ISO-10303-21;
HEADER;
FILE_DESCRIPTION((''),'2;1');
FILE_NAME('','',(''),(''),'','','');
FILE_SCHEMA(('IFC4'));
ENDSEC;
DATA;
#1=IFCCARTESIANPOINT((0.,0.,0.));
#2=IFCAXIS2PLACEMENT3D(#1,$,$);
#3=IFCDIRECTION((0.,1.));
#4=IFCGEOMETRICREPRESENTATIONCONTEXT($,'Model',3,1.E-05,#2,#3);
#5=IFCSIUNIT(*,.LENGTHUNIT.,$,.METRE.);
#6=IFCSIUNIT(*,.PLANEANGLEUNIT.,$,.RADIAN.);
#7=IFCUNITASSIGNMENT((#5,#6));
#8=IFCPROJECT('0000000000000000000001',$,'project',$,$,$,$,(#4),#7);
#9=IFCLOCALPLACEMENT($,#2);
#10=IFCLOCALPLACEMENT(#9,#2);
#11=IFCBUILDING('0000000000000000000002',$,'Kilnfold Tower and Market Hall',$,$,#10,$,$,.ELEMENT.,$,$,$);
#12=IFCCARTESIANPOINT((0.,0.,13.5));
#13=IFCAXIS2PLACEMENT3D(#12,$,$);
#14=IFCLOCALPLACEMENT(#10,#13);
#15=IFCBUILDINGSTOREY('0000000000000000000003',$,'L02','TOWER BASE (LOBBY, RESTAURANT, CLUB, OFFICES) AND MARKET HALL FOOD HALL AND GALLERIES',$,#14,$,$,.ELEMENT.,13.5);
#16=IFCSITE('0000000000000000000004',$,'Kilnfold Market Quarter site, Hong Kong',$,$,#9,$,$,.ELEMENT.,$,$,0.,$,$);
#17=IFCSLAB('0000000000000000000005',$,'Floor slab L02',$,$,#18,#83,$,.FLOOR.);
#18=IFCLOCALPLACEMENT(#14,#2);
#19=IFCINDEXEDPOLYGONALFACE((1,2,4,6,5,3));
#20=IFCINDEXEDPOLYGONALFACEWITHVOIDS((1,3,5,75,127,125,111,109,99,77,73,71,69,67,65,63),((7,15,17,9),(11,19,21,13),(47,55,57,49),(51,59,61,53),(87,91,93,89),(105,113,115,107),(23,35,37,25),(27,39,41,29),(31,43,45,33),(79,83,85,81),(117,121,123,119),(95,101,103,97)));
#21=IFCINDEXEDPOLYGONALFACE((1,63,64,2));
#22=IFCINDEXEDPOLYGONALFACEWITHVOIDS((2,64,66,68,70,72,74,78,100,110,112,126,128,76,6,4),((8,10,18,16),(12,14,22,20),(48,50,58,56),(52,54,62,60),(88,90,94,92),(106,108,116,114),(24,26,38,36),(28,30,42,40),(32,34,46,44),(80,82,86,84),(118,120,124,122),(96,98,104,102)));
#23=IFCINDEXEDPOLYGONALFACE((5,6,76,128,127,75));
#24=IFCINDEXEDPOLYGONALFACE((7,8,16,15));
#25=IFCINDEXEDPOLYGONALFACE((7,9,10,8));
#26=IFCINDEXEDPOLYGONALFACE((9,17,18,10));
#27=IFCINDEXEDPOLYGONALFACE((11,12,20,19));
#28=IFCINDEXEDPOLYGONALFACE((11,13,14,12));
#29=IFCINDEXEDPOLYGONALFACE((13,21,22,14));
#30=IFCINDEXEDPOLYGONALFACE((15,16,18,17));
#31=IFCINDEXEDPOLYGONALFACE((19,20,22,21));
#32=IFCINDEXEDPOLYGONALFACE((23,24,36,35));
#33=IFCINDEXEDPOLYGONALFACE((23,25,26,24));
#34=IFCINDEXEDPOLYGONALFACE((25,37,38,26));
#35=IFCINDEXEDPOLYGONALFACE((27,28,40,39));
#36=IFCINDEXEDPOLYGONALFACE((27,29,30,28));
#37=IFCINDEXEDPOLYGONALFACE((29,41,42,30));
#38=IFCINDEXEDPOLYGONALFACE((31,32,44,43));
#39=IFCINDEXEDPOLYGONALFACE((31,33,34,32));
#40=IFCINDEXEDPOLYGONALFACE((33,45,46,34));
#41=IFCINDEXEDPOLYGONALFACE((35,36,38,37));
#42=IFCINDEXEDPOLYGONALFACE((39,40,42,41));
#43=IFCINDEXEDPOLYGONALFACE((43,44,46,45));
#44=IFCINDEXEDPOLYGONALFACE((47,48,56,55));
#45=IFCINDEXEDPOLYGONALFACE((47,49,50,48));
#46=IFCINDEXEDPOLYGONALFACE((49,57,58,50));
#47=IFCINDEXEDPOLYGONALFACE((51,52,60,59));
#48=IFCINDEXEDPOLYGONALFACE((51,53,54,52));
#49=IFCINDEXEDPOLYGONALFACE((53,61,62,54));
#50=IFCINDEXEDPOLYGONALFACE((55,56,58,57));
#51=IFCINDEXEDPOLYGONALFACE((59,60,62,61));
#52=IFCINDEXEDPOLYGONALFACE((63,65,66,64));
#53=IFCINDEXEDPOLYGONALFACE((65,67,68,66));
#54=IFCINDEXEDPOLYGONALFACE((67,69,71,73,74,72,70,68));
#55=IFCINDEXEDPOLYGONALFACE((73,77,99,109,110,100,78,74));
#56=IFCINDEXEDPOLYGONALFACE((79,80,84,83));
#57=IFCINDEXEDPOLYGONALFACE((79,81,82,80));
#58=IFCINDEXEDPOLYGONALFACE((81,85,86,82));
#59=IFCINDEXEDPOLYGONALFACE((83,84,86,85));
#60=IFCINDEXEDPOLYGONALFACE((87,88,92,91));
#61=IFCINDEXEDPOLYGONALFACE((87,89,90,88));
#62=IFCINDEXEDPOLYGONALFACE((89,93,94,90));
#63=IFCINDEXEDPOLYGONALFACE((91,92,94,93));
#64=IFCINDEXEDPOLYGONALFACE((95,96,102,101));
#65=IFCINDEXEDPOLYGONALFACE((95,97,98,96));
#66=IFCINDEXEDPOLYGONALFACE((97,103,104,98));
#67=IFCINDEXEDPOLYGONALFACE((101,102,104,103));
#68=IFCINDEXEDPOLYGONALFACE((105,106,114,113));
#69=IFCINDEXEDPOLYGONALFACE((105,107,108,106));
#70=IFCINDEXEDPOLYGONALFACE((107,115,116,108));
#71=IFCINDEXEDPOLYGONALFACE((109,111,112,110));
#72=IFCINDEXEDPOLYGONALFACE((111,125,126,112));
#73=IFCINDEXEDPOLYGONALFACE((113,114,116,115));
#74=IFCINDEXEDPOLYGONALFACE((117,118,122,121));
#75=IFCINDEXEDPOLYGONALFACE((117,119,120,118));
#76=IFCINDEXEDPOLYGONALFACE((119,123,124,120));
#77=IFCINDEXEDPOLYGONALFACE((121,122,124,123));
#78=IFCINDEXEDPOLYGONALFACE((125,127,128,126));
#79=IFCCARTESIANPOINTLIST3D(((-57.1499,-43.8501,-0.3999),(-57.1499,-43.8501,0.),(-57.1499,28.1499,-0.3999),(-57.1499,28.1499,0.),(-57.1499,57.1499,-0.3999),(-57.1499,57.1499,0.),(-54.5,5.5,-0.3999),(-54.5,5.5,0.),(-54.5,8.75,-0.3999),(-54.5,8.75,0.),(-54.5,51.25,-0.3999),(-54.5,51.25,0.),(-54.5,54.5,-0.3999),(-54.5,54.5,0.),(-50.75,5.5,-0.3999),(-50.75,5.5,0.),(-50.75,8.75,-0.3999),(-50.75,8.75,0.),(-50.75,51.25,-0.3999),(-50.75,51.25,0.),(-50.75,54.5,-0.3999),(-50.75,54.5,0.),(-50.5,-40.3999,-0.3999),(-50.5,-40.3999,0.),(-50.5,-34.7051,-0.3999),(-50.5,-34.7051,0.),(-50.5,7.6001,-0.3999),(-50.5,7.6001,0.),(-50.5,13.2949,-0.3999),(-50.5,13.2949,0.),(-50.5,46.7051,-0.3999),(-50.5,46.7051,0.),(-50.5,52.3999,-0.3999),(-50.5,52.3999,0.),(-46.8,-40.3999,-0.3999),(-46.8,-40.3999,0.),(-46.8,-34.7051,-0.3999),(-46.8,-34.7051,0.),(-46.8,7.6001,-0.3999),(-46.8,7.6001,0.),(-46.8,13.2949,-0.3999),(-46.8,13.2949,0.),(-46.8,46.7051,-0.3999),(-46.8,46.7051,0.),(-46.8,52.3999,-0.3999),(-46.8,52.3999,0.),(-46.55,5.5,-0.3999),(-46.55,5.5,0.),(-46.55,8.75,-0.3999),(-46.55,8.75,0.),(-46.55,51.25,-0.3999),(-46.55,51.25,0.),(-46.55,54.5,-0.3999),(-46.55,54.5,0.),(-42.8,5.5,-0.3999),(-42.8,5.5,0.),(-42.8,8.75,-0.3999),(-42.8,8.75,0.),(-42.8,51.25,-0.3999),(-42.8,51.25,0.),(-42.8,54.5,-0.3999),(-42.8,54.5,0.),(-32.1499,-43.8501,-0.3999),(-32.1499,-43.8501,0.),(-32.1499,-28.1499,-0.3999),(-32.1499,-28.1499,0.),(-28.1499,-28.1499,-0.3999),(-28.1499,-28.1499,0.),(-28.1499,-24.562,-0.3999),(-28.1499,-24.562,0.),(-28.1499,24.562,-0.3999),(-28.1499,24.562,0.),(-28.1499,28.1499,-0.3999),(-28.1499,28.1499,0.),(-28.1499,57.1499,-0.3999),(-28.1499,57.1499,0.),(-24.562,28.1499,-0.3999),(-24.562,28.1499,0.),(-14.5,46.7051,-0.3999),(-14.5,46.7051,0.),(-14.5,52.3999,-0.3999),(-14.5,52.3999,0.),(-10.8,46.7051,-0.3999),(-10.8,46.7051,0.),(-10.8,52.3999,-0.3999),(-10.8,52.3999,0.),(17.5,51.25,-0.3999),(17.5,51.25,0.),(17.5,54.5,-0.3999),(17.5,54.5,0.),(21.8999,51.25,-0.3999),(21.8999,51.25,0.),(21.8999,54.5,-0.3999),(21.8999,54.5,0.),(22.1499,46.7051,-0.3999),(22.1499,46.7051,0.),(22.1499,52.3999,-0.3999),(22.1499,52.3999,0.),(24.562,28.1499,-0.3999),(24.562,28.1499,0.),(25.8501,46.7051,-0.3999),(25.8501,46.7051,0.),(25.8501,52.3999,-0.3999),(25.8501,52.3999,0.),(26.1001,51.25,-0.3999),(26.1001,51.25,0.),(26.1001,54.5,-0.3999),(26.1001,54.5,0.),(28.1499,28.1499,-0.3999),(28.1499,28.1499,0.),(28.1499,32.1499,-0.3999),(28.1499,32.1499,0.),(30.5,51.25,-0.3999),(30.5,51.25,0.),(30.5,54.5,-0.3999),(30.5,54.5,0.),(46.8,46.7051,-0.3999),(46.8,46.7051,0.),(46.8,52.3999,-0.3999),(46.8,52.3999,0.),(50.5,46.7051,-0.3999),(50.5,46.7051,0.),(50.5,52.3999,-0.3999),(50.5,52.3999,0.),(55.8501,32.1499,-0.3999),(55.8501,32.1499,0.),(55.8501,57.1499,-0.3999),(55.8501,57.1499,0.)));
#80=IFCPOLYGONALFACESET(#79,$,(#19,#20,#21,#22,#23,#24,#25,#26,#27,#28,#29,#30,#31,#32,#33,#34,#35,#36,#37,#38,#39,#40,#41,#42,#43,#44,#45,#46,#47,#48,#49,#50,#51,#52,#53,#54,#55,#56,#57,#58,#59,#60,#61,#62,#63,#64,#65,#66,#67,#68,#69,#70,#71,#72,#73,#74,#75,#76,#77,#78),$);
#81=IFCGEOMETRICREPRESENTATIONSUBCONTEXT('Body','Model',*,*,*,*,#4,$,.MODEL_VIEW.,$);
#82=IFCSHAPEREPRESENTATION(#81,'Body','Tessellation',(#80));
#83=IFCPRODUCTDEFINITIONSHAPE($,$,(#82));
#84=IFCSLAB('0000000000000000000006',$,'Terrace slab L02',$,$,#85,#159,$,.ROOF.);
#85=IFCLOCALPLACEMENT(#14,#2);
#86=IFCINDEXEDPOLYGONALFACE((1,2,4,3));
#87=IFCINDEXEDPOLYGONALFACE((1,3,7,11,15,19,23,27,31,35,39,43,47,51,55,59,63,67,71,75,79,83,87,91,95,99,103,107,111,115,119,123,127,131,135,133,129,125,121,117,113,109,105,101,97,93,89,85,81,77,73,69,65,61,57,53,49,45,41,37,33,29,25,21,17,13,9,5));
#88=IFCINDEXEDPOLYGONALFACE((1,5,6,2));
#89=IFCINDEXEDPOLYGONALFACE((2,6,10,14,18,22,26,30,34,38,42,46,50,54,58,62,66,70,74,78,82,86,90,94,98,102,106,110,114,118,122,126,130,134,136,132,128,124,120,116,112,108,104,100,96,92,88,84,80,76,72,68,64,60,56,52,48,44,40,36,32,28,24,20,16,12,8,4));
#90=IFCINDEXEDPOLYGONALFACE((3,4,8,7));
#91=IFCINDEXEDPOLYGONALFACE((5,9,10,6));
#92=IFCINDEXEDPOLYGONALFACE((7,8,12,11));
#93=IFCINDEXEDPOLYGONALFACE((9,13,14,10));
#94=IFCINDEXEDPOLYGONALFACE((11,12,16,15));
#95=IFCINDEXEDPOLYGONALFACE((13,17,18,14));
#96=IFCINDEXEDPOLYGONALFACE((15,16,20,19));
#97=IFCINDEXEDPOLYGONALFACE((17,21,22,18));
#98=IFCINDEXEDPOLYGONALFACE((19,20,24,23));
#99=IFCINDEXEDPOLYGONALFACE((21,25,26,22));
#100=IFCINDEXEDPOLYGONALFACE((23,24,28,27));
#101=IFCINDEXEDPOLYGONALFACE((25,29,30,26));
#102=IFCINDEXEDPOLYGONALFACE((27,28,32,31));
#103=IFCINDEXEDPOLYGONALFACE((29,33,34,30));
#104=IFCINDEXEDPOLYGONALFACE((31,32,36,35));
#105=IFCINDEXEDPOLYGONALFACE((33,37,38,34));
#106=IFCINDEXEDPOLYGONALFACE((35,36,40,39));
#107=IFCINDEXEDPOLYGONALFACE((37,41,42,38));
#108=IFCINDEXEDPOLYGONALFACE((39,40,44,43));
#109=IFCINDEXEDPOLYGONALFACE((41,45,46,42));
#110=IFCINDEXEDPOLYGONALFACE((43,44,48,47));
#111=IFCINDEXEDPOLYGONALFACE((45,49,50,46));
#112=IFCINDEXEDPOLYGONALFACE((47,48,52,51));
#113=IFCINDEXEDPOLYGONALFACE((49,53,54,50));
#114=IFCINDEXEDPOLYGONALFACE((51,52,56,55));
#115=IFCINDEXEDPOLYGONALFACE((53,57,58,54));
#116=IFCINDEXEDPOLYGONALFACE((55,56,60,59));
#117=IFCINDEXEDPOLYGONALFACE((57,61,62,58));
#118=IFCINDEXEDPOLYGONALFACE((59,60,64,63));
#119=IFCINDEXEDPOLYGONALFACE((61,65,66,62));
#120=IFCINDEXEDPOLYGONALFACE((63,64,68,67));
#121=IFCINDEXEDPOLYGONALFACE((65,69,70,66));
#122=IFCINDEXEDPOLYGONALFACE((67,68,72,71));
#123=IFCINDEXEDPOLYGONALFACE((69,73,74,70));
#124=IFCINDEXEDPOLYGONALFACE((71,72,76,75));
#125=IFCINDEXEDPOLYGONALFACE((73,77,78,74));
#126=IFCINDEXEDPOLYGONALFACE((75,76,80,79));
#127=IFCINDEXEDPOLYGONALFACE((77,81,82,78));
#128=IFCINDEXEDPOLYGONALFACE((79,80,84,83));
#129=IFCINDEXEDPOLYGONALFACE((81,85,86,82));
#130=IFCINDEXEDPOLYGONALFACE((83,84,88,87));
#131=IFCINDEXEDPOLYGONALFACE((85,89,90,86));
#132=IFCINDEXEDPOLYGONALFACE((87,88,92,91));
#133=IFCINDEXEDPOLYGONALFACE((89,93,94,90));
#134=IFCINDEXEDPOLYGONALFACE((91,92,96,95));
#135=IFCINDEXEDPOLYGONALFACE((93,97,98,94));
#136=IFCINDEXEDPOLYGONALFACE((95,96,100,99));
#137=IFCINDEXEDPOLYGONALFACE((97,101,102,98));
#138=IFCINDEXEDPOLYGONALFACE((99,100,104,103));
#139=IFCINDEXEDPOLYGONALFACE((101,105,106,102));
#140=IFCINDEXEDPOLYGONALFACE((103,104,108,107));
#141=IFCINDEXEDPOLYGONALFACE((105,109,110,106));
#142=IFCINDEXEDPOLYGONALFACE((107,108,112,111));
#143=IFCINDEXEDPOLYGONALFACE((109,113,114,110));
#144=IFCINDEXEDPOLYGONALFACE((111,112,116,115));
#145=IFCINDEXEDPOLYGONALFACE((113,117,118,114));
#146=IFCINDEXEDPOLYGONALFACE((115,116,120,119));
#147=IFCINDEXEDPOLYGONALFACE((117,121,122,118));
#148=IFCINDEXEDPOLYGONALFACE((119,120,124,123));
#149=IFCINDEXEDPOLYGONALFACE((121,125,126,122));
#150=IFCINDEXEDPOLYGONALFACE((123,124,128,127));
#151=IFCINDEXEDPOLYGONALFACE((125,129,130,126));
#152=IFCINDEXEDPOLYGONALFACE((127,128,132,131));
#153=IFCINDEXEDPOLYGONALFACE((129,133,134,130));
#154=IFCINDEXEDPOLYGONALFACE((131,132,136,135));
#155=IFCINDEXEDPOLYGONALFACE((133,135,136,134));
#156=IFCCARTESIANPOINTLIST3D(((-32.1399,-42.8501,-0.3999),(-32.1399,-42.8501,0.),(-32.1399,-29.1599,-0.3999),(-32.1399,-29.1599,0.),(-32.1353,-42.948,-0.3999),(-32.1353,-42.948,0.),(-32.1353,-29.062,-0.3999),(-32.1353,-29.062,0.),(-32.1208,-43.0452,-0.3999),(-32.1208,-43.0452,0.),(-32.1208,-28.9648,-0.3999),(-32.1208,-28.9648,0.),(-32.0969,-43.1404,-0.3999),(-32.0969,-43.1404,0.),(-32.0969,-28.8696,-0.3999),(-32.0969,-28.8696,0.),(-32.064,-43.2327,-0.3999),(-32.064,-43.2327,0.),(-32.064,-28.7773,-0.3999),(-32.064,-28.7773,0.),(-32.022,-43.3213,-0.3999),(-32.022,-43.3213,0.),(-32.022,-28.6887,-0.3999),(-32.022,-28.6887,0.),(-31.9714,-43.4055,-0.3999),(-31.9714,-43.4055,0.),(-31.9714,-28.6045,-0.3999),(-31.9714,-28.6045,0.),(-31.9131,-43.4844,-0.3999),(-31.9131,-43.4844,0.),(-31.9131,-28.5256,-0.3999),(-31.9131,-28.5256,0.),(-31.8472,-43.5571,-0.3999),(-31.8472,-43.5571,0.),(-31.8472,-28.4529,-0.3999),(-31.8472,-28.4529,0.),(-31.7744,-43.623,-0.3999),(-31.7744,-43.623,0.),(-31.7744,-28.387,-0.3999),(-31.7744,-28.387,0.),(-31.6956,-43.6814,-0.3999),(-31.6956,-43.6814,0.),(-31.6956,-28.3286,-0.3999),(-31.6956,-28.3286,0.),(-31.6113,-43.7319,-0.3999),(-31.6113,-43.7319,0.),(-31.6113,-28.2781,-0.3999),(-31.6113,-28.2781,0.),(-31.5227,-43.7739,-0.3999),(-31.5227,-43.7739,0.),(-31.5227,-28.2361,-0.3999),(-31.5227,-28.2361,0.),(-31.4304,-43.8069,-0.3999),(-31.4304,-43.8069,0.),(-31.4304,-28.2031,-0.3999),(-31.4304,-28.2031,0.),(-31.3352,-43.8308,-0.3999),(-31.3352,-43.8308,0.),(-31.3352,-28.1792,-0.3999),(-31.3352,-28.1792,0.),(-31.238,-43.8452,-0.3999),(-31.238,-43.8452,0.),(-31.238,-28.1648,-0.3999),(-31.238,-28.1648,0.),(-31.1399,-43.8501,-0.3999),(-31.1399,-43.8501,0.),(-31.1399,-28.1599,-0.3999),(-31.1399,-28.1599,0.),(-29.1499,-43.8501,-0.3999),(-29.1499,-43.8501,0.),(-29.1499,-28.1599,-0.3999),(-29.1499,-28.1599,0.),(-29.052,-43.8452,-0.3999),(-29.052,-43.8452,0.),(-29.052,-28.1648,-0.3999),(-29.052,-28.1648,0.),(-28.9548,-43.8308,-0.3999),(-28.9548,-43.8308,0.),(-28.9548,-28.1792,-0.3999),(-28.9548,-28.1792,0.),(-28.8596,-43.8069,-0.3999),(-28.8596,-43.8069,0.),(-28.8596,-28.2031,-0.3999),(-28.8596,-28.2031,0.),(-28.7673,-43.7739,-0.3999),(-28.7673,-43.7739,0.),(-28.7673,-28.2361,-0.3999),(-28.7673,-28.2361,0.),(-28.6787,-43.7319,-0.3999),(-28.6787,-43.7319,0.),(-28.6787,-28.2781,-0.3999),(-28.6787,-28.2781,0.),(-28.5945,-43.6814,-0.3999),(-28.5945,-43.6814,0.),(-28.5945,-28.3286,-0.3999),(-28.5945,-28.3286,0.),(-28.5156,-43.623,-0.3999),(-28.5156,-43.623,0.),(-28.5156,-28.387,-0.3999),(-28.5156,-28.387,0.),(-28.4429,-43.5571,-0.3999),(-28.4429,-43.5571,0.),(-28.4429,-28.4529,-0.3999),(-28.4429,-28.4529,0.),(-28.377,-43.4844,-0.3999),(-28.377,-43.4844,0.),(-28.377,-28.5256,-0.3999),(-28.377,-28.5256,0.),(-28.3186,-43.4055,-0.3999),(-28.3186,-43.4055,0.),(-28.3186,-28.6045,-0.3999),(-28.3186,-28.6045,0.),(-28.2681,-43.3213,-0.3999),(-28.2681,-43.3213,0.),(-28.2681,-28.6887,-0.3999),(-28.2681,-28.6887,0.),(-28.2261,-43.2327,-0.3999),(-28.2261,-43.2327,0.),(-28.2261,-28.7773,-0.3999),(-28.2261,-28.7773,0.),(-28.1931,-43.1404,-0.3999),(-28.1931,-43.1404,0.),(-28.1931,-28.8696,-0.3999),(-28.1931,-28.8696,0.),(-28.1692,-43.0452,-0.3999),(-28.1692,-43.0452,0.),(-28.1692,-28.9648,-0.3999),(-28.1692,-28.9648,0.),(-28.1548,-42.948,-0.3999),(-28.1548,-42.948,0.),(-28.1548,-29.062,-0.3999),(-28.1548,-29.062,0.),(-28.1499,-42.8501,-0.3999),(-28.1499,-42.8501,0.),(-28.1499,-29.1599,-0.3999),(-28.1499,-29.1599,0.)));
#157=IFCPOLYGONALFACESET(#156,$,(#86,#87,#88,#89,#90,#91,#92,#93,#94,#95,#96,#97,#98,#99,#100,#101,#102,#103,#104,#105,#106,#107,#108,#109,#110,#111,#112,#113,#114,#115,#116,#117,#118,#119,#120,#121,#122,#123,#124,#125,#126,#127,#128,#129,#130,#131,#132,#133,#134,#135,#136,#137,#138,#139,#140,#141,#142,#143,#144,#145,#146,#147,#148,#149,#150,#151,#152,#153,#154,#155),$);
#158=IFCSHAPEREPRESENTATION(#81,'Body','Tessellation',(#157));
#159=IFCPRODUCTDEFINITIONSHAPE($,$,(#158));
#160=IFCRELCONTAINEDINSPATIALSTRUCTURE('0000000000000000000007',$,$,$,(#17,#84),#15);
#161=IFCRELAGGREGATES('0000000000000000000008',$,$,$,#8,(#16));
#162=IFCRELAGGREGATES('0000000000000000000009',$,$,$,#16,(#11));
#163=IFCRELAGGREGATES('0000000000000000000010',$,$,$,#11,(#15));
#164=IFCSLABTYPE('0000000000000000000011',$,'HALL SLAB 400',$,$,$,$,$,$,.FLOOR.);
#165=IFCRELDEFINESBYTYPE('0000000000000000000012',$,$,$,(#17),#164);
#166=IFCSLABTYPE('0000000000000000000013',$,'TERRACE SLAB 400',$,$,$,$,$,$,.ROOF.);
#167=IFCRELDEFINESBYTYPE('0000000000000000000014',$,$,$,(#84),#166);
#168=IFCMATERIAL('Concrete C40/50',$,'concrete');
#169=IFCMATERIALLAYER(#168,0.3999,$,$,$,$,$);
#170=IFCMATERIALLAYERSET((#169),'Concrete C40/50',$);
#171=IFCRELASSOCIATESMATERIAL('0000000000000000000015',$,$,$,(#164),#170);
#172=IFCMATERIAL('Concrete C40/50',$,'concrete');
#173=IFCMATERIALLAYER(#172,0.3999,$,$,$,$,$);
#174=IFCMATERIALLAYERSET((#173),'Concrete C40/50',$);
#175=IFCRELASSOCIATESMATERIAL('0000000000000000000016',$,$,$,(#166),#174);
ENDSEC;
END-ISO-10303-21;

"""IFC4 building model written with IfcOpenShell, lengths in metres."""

from ifc_helpers import new_model, si_unit, direction, frame, origin, place, context, subcontext, project, spatial, polyline, outline, extrude, source, transform, mapped, material, layer, layer_set, type_object, element, save


model = new_model("IFC4")

# Units and contexts
model_context = context("Model", 3, precision=1e-05, world=origin(), true_north=direction((0.0, 1.0)))
body_context = subcontext(model_context, "Body", "Model", "MODEL_VIEW")
ifc_project = project(units=[si_unit("LENGTHUNIT", "METRE"), si_unit("PLANEANGLEUNIT", "RADIAN")], contexts=[model_context])

# Site, building, storey
site_placement = place(None, origin())
site = spatial("IfcSite", under=ifc_project, at=site_placement, Name="Kilnfold Market Quarter site, Hong Kong", CompositionType="ELEMENT", RefElevation=0.0)
building_placement = place(site_placement, origin())
building = spatial("IfcBuilding", under=site, at=building_placement, Name="Kilnfold Tower and Market Hall", CompositionType="ELEMENT")
storey_placement = place(building_placement, frame((0.0, 0.0, 13.5)))
storey = spatial("IfcBuildingStorey", under=building, at=storey_placement, Name="L02", Description="TOWER BASE (LOBBY, RESTAURANT, CLUB, OFFICES) AND MARKET HALL FOOD HALL AND GALLERIES", CompositionType="ELEMENT", Elevation=13.5)

# Slabs
ifc_material_1 = material(Name="Concrete C40/50", Category="concrete")
ifc_layer_1 = layer(ifc_material_1, 0.3999)
ifc_layer_set_1 = layer_set([ifc_layer_1], Name="Concrete C40/50")
slab_type_1 = type_object("IfcSlabType", Name="HALL SLAB 400", PredefinedType="FLOOR", material=ifc_layer_set_1)
shared_shape_1 = source(origin(), body_context, "Body", "SweptSolid", [
    extrude(outline(polyline([(-57.1499, -43.8501), (-32.1499, -43.8501), (-32.1499, -28.1499), (-28.1499, -28.1499), (-28.1499, -24.562), (-28.1499, 24.562), (-28.1499, 28.1499), (-24.562, 28.1499), (24.562, 28.1499), (28.1499, 28.1499), (28.1499, 32.1499), (55.8501, 32.1499), (55.8501, 57.1499), (-28.1499, 57.1499), (-57.1499, 57.1499), (-57.1499, 28.1499), (-57.1499, -43.8501)]), holes=[polyline([(-50.5, -34.7051), (-50.5, -40.3999), (-46.8, -40.3999), (-46.8, -34.7051), (-50.5, -34.7051)]), polyline([(-50.5, 13.2949), (-50.5, 7.6001), (-46.8, 7.6001), (-46.8, 13.2949), (-50.5, 13.2949)]), polyline([(-46.8, 46.7051), (-46.8, 52.3999), (-50.5, 52.3999), (-50.5, 46.7051), (-46.8, 46.7051)]), polyline([(-10.8, 46.7051), (-10.8, 52.3999), (-14.5, 52.3999), (-14.5, 46.7051), (-10.8, 46.7051)]), polyline([(25.8501, 46.7051), (25.8501, 52.3999), (22.1499, 52.3999), (22.1499, 46.7051), (25.8501, 46.7051)]), polyline([(50.5, 46.7051), (50.5, 52.3999), (46.8, 52.3999), (46.8, 46.7051), (50.5, 46.7051)]), polyline([(-54.5, 5.5), (-50.75, 5.5), (-50.75, 8.75), (-54.5, 8.75), (-54.5, 5.5)]), polyline([(-46.55, 5.5), (-42.8, 5.5), (-42.8, 8.75), (-46.55, 8.75), (-46.55, 5.5)]), polyline([(-42.8, 54.5), (-46.55, 54.5), (-46.55, 51.25), (-42.8, 51.25), (-42.8, 54.5)]), polyline([(-50.75, 54.5), (-54.5, 54.5), (-54.5, 51.25), (-50.75, 51.25), (-50.75, 54.5)]), polyline([(30.5, 54.5), (26.1001, 54.5), (26.1001, 51.25), (30.5, 51.25), (30.5, 54.5)]), polyline([(21.8999, 54.5), (17.5, 54.5), (17.5, 51.25), (21.8999, 51.25), (21.8999, 54.5)])]), origin(), (0.0, 0.0, 1.0), 0.3999),
])
slab_1_placement = place(storey_placement, frame((0.0, 0.0, -0.3999)))
element("IfcSlab", 1, at=slab_1_placement, inside=storey, type_object=slab_type_1, Name="Floor slab L02", PredefinedType="FLOOR", context=body_context, shape_type="MappedRepresentation", body=[
    mapped(shared_shape_1, transform((0.0, 0.0, 0.0))),
])
ifc_material_2 = material(Name="Concrete C40/50", Category="concrete")
ifc_layer_2 = layer(ifc_material_2, 0.3999)
ifc_layer_set_2 = layer_set([ifc_layer_2], Name="Concrete C40/50")
slab_type_2 = type_object("IfcSlabType", Name="TERRACE SLAB 400", PredefinedType="ROOF", material=ifc_layer_set_2)
shared_shape_2 = source(origin(), body_context, "Body", "SweptSolid", [
    extrude(outline(polyline([(-28.1499, -42.8501), (-28.1548, -42.948), (-28.1692, -43.0452), (-28.1931, -43.1404), (-28.2261, -43.2327), (-28.2681, -43.3213), (-28.3186, -43.4055), (-28.377, -43.4844), (-28.4429, -43.5571), (-28.5156, -43.623), (-28.5945, -43.6814), (-28.6787, -43.7319), (-28.7673, -43.7739), (-28.8596, -43.8069), (-28.9548, -43.8308), (-29.052, -43.8452), (-29.1499, -43.8501), (-31.1399, -43.8501), (-31.238, -43.8452), (-31.3352, -43.8308), (-31.4304, -43.8069), (-31.5227, -43.7739), (-31.6113, -43.7319), (-31.6956, -43.6814), (-31.7744, -43.623), (-31.8472, -43.5571), (-31.9131, -43.4844), (-31.9714, -43.4055), (-32.022, -43.3213), (-32.064, -43.2327), (-32.0969, -43.1404), (-32.1208, -43.0452), (-32.1353, -42.948), (-32.1399, -42.8501), (-32.1399, -29.1599), (-32.1353, -29.062), (-32.1208, -28.9648), (-32.0969, -28.8696), (-32.064, -28.7773), (-32.022, -28.6887), (-31.9714, -28.6045), (-31.9131, -28.5256), (-31.8472, -28.4529), (-31.7744, -28.387), (-31.6956, -28.3286), (-31.6113, -28.2781), (-31.5227, -28.2361), (-31.4304, -28.2031), (-31.3352, -28.1792), (-31.238, -28.1648), (-31.1399, -28.1599), (-29.1499, -28.1599), (-29.052, -28.1648), (-28.9548, -28.1792), (-28.8596, -28.2031), (-28.7673, -28.2361), (-28.6787, -28.2781), (-28.5945, -28.3286), (-28.5156, -28.387), (-28.4429, -28.4529), (-28.377, -28.5256), (-28.3186, -28.6045), (-28.2681, -28.6887), (-28.2261, -28.7773), (-28.1931, -28.8696), (-28.1692, -28.9648), (-28.1548, -29.062), (-28.1499, -29.1599), (-28.1499, -42.8501)])), origin(), (0.0, 0.0, 1.0), 0.3999),
])
slab_2_placement = place(storey_placement, frame((0.0, 0.0, -0.3999)))
element("IfcSlab", 2, at=slab_2_placement, inside=storey, type_object=slab_type_2, Name="Terrace slab L02", PredefinedType="ROOF", context=body_context, shape_type="MappedRepresentation", body=[
    mapped(shared_shape_2, transform((0.0, 0.0, 0.0))),
])

save(model, "model.ifc")
